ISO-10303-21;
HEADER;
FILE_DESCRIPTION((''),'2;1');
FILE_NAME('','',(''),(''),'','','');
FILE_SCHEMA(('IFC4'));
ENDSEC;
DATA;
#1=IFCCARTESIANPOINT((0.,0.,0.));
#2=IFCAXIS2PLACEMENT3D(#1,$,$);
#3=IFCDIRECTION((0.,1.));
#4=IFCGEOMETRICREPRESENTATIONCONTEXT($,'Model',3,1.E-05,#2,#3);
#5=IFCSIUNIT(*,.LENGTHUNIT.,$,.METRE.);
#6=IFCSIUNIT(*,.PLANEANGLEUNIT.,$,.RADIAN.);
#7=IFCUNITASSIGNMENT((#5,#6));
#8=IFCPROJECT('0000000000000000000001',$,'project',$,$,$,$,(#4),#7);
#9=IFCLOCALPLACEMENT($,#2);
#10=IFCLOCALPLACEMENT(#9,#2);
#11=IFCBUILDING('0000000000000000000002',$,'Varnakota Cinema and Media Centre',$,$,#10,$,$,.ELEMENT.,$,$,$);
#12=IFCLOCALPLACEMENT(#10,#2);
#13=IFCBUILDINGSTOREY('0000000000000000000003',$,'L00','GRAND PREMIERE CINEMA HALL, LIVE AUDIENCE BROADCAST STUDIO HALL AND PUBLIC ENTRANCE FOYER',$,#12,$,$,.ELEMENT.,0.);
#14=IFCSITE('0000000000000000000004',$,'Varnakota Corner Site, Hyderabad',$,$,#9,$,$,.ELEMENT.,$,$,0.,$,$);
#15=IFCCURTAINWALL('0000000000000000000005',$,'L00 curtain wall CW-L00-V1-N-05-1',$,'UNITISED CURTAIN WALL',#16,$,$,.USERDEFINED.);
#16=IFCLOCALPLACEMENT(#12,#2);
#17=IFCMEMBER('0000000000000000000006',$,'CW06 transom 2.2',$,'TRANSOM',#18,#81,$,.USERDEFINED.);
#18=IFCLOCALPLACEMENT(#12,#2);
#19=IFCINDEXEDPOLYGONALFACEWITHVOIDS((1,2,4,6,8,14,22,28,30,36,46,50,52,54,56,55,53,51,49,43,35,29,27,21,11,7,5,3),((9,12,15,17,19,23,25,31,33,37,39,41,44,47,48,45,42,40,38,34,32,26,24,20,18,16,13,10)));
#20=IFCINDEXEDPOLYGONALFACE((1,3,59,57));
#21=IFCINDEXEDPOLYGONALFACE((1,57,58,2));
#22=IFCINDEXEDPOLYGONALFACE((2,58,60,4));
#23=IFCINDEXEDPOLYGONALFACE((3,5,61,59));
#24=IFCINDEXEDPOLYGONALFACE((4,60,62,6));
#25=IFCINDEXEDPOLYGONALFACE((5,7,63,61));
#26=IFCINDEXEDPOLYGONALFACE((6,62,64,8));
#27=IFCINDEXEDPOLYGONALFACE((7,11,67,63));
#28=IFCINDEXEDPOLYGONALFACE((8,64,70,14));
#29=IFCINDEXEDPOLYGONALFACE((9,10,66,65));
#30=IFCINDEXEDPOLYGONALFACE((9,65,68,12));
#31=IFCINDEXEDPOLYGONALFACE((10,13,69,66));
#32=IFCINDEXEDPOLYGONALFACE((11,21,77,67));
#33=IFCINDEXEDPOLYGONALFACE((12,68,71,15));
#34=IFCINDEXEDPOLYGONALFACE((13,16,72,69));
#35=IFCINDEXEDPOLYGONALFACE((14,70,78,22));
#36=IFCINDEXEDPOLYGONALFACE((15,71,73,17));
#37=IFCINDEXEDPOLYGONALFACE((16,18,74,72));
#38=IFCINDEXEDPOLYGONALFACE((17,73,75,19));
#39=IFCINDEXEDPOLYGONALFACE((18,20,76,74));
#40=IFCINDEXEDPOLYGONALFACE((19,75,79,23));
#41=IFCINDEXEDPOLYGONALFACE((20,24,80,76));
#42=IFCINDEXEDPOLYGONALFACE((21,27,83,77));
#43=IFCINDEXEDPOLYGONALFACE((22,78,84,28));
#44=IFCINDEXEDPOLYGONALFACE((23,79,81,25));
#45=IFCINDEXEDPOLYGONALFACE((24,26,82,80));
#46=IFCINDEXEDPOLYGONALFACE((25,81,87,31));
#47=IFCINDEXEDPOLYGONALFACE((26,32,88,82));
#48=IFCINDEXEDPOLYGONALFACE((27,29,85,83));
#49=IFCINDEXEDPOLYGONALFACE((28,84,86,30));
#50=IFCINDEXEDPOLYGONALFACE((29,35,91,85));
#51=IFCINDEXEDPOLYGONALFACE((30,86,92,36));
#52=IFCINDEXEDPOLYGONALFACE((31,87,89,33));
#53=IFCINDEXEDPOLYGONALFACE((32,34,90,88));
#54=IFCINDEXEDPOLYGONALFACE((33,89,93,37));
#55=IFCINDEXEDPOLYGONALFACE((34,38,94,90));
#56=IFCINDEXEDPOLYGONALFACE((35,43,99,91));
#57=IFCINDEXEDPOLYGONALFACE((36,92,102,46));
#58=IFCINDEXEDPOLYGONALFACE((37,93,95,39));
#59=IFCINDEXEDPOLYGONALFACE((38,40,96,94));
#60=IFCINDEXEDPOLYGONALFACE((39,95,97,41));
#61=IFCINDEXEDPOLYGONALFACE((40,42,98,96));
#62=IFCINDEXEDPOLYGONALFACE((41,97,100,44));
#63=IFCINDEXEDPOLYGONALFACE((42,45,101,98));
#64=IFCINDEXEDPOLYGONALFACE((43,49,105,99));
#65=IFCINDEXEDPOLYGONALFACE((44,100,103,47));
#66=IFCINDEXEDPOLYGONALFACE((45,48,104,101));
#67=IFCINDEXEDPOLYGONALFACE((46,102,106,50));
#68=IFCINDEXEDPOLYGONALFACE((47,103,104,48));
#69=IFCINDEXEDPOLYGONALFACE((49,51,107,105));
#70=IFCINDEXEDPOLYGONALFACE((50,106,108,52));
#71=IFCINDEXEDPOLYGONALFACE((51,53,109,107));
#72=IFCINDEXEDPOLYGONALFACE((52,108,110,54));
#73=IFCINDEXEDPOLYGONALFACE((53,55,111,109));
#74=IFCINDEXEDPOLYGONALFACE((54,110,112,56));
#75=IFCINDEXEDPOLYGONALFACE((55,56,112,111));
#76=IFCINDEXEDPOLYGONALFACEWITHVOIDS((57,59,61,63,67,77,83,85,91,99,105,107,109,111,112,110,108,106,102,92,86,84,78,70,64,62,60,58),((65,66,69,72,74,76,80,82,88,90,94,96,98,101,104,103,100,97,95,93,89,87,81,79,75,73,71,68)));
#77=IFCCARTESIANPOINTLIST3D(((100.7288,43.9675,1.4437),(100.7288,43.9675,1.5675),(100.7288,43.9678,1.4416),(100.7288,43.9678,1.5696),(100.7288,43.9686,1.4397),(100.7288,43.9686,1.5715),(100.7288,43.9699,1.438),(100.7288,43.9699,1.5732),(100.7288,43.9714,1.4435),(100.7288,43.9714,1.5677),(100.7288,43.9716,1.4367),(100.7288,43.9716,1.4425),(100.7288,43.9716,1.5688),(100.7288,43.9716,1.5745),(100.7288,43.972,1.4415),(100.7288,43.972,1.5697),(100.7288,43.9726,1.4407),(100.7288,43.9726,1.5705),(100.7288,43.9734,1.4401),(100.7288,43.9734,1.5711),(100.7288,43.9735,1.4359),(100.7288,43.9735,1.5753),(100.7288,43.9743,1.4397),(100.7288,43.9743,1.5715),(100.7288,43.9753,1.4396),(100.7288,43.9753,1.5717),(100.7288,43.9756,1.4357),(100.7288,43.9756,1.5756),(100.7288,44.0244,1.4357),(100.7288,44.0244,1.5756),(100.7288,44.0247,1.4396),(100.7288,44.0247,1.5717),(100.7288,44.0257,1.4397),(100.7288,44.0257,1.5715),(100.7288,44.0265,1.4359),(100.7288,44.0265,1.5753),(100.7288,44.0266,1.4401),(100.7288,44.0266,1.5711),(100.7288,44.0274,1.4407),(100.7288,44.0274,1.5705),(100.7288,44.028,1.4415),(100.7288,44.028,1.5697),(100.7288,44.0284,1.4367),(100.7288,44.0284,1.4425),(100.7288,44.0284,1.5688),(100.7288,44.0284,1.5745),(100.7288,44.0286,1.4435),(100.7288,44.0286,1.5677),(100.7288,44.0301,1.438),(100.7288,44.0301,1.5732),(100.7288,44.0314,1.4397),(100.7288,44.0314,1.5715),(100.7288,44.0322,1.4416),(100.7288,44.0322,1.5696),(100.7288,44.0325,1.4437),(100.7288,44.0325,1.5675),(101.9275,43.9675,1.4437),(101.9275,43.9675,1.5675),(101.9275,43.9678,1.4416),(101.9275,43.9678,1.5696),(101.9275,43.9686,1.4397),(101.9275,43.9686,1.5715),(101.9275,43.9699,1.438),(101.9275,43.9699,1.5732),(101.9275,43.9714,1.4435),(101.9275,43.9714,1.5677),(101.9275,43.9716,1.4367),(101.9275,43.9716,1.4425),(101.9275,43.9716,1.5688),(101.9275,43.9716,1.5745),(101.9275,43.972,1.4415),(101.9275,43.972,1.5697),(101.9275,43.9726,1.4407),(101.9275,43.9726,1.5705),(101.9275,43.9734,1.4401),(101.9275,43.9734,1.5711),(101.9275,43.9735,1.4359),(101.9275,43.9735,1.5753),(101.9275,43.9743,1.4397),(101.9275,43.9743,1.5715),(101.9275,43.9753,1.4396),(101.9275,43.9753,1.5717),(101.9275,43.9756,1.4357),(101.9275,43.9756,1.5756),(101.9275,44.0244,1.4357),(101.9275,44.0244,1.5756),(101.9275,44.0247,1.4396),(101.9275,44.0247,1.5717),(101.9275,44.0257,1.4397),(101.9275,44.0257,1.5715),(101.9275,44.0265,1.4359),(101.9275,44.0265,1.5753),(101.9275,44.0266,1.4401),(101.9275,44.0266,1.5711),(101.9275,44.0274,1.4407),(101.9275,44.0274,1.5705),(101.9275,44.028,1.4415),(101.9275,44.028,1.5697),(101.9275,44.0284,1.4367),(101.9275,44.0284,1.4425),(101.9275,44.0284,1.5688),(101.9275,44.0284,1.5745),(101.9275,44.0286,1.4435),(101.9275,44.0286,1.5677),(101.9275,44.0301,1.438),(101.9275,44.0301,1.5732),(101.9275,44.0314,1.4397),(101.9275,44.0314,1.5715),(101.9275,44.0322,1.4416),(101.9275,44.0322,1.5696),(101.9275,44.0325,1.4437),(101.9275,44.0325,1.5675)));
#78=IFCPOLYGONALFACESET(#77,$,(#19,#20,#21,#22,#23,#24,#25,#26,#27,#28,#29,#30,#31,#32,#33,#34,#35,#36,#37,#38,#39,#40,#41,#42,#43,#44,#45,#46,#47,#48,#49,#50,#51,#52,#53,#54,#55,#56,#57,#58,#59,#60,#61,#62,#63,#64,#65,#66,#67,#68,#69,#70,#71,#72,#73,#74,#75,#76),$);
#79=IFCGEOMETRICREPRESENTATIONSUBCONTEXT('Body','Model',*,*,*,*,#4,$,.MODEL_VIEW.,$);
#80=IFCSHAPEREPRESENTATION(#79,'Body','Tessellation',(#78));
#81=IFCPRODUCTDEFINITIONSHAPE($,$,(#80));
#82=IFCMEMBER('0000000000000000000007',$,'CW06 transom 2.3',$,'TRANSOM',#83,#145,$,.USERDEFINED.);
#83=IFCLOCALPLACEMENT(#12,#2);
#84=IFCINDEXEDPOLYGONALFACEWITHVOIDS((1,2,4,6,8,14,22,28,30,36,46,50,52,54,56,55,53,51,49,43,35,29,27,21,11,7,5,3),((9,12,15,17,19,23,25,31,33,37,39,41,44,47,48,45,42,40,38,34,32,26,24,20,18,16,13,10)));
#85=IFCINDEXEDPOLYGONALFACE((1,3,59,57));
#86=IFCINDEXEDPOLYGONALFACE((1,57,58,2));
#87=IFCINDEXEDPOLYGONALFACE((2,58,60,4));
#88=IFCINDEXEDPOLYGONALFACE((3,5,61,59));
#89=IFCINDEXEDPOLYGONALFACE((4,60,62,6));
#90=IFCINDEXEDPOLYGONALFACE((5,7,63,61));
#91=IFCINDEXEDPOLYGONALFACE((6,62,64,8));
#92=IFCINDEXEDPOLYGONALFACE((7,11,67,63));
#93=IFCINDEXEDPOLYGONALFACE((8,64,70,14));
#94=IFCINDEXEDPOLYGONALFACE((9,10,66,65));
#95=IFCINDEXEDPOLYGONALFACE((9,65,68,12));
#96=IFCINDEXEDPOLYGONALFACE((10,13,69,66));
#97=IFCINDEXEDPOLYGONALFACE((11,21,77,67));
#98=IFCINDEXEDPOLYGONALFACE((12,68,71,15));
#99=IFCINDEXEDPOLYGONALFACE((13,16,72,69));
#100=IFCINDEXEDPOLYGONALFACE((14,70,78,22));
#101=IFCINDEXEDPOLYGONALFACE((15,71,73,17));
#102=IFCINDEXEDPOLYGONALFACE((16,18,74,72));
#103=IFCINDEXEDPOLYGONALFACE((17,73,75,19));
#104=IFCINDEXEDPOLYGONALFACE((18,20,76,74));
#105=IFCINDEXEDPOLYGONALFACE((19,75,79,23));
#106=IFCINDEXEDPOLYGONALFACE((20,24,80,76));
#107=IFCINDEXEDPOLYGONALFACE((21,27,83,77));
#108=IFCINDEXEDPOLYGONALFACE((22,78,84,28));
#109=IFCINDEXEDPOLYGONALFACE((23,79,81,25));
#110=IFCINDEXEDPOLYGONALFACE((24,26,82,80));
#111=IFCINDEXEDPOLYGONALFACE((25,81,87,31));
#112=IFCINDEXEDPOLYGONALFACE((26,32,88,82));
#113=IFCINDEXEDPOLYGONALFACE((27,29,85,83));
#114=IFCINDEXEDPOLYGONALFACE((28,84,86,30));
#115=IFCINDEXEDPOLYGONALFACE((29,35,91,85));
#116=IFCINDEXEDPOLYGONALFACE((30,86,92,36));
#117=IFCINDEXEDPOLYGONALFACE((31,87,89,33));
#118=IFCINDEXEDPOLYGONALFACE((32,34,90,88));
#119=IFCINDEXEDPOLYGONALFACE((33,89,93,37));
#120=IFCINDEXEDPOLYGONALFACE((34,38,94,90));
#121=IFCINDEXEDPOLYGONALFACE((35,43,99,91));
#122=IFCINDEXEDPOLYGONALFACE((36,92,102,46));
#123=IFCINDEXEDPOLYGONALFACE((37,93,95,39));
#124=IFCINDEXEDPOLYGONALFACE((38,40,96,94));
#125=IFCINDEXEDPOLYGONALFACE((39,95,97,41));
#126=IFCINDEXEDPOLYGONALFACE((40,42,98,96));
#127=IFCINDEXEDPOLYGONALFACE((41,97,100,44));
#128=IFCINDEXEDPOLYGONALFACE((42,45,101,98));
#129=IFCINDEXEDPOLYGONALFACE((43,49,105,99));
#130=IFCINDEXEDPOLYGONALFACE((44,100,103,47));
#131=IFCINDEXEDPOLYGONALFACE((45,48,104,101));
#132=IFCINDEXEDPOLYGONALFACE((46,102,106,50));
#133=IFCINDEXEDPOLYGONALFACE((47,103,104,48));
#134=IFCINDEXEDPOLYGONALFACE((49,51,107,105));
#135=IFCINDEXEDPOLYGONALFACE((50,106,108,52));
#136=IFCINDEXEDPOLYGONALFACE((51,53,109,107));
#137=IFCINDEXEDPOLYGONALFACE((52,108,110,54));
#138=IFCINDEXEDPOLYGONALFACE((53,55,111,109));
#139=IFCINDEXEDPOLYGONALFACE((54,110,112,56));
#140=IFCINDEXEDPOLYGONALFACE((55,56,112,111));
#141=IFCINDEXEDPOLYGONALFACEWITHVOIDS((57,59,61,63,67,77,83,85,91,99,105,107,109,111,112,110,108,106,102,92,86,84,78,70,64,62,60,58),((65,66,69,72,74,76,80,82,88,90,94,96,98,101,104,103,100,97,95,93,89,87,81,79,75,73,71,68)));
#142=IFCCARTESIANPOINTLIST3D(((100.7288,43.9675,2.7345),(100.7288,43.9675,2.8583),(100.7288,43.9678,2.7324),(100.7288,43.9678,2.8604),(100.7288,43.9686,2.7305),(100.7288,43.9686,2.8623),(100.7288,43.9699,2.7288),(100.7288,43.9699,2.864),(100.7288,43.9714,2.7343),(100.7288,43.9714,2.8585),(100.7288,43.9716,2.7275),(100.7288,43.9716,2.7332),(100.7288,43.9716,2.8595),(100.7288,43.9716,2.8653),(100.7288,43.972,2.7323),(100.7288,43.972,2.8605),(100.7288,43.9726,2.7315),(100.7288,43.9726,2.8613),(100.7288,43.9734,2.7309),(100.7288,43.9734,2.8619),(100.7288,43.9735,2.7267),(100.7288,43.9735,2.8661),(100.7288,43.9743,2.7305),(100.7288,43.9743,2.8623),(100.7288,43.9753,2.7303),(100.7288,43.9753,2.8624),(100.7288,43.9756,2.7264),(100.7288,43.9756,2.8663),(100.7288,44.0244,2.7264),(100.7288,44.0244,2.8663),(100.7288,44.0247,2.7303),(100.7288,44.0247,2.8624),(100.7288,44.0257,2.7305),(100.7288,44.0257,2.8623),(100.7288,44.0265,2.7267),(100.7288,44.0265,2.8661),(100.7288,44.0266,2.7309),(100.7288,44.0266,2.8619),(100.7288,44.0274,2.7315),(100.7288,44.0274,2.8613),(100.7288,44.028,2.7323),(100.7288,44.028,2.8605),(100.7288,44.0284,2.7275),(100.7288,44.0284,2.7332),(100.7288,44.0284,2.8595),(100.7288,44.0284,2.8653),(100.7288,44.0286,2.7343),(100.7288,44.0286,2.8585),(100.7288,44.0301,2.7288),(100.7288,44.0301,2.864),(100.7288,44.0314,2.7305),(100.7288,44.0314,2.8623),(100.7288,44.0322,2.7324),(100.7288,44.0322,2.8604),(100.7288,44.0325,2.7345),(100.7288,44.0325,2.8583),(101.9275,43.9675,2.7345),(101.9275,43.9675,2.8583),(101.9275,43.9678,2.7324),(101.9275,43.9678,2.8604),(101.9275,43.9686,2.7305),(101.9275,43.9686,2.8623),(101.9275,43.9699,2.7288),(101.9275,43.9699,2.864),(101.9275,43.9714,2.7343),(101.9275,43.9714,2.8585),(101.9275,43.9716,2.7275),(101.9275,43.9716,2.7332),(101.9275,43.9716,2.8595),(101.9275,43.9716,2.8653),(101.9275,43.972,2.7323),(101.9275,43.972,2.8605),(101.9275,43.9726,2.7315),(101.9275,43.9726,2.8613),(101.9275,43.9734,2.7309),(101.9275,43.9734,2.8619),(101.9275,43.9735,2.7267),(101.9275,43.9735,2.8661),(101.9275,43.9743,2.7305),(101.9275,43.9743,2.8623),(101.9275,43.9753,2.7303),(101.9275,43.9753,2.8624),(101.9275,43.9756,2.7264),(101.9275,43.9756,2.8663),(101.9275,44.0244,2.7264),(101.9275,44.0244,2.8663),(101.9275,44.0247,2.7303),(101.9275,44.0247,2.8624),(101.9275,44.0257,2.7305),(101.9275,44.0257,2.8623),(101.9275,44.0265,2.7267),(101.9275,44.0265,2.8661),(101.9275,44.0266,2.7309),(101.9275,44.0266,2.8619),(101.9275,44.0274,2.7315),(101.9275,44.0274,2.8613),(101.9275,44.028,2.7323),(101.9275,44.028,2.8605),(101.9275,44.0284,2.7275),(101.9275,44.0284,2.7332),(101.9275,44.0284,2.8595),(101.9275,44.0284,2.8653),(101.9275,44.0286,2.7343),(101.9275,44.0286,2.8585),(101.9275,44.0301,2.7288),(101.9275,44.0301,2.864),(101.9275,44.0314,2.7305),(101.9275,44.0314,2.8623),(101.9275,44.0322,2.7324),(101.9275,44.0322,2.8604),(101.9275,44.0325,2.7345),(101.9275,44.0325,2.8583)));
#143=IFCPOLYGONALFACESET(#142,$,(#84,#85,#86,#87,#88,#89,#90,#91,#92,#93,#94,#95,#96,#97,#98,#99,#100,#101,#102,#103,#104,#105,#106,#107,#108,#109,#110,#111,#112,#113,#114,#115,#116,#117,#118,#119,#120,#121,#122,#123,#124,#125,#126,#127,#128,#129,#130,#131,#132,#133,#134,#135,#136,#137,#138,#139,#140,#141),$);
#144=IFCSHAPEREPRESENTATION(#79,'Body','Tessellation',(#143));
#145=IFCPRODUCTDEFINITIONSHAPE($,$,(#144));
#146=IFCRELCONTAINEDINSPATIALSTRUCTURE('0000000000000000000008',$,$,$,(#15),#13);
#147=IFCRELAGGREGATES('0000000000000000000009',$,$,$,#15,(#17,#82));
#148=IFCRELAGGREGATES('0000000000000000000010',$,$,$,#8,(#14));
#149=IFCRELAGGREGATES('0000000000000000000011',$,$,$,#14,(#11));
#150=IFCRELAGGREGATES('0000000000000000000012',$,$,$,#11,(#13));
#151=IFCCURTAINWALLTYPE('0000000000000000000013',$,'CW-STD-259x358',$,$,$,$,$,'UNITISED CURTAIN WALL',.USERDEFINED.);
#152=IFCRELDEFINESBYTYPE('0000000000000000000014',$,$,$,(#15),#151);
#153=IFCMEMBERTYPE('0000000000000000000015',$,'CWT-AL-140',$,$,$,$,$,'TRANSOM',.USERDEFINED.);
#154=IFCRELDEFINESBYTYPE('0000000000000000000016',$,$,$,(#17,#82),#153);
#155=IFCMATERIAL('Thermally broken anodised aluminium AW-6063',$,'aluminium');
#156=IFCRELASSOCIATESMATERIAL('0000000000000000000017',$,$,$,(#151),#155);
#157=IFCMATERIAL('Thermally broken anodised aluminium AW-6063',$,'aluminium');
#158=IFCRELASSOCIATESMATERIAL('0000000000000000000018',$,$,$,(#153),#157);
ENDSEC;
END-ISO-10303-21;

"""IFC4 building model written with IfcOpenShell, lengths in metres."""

from ifc_helpers import new_model, si_unit, direction, frame, origin, origin_2d, place, context, subcontext, project, spatial, hollow_rectangle, extrude, material, material_profile, profile_set, type_object, element, aggregate, save


model = new_model("IFC4")

# Units and contexts
model_context = context("Model", 3, precision=1e-05, world=origin(), true_north=direction((0.0, 1.0)))
body_context = subcontext(model_context, "Body", "Model", "MODEL_VIEW")
ifc_project = project(units=[si_unit("LENGTHUNIT", "METRE"), si_unit("PLANEANGLEUNIT", "RADIAN")], contexts=[model_context])

# Site, building, storey
site_placement = place(None, origin())
site = spatial("IfcSite", under=ifc_project, at=site_placement, Name="Varnakota Corner Site, Hyderabad", CompositionType="ELEMENT", RefElevation=0.0)
building_placement = place(site_placement, origin())
building = spatial("IfcBuilding", under=site, at=building_placement, Name="Varnakota Cinema and Media Centre", CompositionType="ELEMENT")
storey_placement = place(building_placement, origin())
storey = spatial("IfcBuildingStorey", under=building, at=storey_placement, Name="L00", Description="GRAND PREMIERE CINEMA HALL, LIVE AUDIENCE BROADCAST STUDIO HALL AND PUBLIC ENTRANCE FOYER", CompositionType="ELEMENT", Elevation=0.0)

# Curtain wall
ifc_material_1 = material(Name="Thermally broken anodised aluminium AW-6063", Category="aluminium")
curtain_wall_type = type_object("IfcCurtainWallType", Name="CW-STD-259x358", ElementType="UNITISED CURTAIN WALL", PredefinedType="USERDEFINED", material=ifc_material_1)
curtain_wall_1_placement = place(storey_placement, origin())
curtain_wall_1 = element("IfcCurtainWall", 1, at=curtain_wall_1_placement, inside=storey, type_object=curtain_wall_type, Name="L00 curtain wall CW-L00-V1-N-05-1", ObjectType="UNITISED CURTAIN WALL", PredefinedType="USERDEFINED")

# Members
ifc_material_2 = material(Name="Thermally broken anodised aluminium AW-6063", Category="aluminium")
ifc_material_profile_1 = material_profile(ifc_material_2, hollow_rectangle(XDim=0.0649, YDim=0.1399, WallThickness=0.0039, InnerFilletRadius=0.0039, OuterFilletRadius=0.0081, at=origin_2d()), Name="AL-TRANSOM 140x65x4")
ifc_profile_set_1 = profile_set([ifc_material_profile_1], Name="Thermally broken anodised aluminium AW-6063")
member_type_1 = type_object("IfcMemberType", Name="CWT-AL-140", ElementType="TRANSOM", PredefinedType="USERDEFINED", material=ifc_profile_set_1)
member_1_placement = place(storey_placement, frame((100.7288, 44.0, 1.5056), z_axis=(1.0, 0.0, 0.0), x_axis=(0.0, 1.0, 0.0)))
member_1 = element("IfcMember", 2, at=member_1_placement, type_object=member_type_1, Name="CW06 transom 2.2", ObjectType="TRANSOM", PredefinedType="USERDEFINED", context=body_context, shape_type="SweptSolid", body=[
    extrude(hollow_rectangle(XDim=0.0649, YDim=0.1399, WallThickness=0.0039, InnerFilletRadius=0.0039, OuterFilletRadius=0.0081, at=origin_2d()), origin(), (0.0, 0.0, 1.0), 1.1987),
])
member_2_placement = place(storey_placement, frame((100.7288, 44.0, 2.7964), z_axis=(1.0, 0.0, 0.0), x_axis=(0.0, 1.0, 0.0)))
member_2 = element("IfcMember", 3, at=member_2_placement, type_object=member_type_1, Name="CW06 transom 2.3", ObjectType="TRANSOM", PredefinedType="USERDEFINED", context=body_context, shape_type="SweptSolid", body=[
    extrude(hollow_rectangle(XDim=0.0649, YDim=0.1399, WallThickness=0.0039, InnerFilletRadius=0.0039, OuterFilletRadius=0.0081, at=origin_2d()), origin(), (0.0, 0.0, 1.0), 1.1987),
])

aggregate(curtain_wall_1, [member_1, member_2])

save(model, "model.ifc")
